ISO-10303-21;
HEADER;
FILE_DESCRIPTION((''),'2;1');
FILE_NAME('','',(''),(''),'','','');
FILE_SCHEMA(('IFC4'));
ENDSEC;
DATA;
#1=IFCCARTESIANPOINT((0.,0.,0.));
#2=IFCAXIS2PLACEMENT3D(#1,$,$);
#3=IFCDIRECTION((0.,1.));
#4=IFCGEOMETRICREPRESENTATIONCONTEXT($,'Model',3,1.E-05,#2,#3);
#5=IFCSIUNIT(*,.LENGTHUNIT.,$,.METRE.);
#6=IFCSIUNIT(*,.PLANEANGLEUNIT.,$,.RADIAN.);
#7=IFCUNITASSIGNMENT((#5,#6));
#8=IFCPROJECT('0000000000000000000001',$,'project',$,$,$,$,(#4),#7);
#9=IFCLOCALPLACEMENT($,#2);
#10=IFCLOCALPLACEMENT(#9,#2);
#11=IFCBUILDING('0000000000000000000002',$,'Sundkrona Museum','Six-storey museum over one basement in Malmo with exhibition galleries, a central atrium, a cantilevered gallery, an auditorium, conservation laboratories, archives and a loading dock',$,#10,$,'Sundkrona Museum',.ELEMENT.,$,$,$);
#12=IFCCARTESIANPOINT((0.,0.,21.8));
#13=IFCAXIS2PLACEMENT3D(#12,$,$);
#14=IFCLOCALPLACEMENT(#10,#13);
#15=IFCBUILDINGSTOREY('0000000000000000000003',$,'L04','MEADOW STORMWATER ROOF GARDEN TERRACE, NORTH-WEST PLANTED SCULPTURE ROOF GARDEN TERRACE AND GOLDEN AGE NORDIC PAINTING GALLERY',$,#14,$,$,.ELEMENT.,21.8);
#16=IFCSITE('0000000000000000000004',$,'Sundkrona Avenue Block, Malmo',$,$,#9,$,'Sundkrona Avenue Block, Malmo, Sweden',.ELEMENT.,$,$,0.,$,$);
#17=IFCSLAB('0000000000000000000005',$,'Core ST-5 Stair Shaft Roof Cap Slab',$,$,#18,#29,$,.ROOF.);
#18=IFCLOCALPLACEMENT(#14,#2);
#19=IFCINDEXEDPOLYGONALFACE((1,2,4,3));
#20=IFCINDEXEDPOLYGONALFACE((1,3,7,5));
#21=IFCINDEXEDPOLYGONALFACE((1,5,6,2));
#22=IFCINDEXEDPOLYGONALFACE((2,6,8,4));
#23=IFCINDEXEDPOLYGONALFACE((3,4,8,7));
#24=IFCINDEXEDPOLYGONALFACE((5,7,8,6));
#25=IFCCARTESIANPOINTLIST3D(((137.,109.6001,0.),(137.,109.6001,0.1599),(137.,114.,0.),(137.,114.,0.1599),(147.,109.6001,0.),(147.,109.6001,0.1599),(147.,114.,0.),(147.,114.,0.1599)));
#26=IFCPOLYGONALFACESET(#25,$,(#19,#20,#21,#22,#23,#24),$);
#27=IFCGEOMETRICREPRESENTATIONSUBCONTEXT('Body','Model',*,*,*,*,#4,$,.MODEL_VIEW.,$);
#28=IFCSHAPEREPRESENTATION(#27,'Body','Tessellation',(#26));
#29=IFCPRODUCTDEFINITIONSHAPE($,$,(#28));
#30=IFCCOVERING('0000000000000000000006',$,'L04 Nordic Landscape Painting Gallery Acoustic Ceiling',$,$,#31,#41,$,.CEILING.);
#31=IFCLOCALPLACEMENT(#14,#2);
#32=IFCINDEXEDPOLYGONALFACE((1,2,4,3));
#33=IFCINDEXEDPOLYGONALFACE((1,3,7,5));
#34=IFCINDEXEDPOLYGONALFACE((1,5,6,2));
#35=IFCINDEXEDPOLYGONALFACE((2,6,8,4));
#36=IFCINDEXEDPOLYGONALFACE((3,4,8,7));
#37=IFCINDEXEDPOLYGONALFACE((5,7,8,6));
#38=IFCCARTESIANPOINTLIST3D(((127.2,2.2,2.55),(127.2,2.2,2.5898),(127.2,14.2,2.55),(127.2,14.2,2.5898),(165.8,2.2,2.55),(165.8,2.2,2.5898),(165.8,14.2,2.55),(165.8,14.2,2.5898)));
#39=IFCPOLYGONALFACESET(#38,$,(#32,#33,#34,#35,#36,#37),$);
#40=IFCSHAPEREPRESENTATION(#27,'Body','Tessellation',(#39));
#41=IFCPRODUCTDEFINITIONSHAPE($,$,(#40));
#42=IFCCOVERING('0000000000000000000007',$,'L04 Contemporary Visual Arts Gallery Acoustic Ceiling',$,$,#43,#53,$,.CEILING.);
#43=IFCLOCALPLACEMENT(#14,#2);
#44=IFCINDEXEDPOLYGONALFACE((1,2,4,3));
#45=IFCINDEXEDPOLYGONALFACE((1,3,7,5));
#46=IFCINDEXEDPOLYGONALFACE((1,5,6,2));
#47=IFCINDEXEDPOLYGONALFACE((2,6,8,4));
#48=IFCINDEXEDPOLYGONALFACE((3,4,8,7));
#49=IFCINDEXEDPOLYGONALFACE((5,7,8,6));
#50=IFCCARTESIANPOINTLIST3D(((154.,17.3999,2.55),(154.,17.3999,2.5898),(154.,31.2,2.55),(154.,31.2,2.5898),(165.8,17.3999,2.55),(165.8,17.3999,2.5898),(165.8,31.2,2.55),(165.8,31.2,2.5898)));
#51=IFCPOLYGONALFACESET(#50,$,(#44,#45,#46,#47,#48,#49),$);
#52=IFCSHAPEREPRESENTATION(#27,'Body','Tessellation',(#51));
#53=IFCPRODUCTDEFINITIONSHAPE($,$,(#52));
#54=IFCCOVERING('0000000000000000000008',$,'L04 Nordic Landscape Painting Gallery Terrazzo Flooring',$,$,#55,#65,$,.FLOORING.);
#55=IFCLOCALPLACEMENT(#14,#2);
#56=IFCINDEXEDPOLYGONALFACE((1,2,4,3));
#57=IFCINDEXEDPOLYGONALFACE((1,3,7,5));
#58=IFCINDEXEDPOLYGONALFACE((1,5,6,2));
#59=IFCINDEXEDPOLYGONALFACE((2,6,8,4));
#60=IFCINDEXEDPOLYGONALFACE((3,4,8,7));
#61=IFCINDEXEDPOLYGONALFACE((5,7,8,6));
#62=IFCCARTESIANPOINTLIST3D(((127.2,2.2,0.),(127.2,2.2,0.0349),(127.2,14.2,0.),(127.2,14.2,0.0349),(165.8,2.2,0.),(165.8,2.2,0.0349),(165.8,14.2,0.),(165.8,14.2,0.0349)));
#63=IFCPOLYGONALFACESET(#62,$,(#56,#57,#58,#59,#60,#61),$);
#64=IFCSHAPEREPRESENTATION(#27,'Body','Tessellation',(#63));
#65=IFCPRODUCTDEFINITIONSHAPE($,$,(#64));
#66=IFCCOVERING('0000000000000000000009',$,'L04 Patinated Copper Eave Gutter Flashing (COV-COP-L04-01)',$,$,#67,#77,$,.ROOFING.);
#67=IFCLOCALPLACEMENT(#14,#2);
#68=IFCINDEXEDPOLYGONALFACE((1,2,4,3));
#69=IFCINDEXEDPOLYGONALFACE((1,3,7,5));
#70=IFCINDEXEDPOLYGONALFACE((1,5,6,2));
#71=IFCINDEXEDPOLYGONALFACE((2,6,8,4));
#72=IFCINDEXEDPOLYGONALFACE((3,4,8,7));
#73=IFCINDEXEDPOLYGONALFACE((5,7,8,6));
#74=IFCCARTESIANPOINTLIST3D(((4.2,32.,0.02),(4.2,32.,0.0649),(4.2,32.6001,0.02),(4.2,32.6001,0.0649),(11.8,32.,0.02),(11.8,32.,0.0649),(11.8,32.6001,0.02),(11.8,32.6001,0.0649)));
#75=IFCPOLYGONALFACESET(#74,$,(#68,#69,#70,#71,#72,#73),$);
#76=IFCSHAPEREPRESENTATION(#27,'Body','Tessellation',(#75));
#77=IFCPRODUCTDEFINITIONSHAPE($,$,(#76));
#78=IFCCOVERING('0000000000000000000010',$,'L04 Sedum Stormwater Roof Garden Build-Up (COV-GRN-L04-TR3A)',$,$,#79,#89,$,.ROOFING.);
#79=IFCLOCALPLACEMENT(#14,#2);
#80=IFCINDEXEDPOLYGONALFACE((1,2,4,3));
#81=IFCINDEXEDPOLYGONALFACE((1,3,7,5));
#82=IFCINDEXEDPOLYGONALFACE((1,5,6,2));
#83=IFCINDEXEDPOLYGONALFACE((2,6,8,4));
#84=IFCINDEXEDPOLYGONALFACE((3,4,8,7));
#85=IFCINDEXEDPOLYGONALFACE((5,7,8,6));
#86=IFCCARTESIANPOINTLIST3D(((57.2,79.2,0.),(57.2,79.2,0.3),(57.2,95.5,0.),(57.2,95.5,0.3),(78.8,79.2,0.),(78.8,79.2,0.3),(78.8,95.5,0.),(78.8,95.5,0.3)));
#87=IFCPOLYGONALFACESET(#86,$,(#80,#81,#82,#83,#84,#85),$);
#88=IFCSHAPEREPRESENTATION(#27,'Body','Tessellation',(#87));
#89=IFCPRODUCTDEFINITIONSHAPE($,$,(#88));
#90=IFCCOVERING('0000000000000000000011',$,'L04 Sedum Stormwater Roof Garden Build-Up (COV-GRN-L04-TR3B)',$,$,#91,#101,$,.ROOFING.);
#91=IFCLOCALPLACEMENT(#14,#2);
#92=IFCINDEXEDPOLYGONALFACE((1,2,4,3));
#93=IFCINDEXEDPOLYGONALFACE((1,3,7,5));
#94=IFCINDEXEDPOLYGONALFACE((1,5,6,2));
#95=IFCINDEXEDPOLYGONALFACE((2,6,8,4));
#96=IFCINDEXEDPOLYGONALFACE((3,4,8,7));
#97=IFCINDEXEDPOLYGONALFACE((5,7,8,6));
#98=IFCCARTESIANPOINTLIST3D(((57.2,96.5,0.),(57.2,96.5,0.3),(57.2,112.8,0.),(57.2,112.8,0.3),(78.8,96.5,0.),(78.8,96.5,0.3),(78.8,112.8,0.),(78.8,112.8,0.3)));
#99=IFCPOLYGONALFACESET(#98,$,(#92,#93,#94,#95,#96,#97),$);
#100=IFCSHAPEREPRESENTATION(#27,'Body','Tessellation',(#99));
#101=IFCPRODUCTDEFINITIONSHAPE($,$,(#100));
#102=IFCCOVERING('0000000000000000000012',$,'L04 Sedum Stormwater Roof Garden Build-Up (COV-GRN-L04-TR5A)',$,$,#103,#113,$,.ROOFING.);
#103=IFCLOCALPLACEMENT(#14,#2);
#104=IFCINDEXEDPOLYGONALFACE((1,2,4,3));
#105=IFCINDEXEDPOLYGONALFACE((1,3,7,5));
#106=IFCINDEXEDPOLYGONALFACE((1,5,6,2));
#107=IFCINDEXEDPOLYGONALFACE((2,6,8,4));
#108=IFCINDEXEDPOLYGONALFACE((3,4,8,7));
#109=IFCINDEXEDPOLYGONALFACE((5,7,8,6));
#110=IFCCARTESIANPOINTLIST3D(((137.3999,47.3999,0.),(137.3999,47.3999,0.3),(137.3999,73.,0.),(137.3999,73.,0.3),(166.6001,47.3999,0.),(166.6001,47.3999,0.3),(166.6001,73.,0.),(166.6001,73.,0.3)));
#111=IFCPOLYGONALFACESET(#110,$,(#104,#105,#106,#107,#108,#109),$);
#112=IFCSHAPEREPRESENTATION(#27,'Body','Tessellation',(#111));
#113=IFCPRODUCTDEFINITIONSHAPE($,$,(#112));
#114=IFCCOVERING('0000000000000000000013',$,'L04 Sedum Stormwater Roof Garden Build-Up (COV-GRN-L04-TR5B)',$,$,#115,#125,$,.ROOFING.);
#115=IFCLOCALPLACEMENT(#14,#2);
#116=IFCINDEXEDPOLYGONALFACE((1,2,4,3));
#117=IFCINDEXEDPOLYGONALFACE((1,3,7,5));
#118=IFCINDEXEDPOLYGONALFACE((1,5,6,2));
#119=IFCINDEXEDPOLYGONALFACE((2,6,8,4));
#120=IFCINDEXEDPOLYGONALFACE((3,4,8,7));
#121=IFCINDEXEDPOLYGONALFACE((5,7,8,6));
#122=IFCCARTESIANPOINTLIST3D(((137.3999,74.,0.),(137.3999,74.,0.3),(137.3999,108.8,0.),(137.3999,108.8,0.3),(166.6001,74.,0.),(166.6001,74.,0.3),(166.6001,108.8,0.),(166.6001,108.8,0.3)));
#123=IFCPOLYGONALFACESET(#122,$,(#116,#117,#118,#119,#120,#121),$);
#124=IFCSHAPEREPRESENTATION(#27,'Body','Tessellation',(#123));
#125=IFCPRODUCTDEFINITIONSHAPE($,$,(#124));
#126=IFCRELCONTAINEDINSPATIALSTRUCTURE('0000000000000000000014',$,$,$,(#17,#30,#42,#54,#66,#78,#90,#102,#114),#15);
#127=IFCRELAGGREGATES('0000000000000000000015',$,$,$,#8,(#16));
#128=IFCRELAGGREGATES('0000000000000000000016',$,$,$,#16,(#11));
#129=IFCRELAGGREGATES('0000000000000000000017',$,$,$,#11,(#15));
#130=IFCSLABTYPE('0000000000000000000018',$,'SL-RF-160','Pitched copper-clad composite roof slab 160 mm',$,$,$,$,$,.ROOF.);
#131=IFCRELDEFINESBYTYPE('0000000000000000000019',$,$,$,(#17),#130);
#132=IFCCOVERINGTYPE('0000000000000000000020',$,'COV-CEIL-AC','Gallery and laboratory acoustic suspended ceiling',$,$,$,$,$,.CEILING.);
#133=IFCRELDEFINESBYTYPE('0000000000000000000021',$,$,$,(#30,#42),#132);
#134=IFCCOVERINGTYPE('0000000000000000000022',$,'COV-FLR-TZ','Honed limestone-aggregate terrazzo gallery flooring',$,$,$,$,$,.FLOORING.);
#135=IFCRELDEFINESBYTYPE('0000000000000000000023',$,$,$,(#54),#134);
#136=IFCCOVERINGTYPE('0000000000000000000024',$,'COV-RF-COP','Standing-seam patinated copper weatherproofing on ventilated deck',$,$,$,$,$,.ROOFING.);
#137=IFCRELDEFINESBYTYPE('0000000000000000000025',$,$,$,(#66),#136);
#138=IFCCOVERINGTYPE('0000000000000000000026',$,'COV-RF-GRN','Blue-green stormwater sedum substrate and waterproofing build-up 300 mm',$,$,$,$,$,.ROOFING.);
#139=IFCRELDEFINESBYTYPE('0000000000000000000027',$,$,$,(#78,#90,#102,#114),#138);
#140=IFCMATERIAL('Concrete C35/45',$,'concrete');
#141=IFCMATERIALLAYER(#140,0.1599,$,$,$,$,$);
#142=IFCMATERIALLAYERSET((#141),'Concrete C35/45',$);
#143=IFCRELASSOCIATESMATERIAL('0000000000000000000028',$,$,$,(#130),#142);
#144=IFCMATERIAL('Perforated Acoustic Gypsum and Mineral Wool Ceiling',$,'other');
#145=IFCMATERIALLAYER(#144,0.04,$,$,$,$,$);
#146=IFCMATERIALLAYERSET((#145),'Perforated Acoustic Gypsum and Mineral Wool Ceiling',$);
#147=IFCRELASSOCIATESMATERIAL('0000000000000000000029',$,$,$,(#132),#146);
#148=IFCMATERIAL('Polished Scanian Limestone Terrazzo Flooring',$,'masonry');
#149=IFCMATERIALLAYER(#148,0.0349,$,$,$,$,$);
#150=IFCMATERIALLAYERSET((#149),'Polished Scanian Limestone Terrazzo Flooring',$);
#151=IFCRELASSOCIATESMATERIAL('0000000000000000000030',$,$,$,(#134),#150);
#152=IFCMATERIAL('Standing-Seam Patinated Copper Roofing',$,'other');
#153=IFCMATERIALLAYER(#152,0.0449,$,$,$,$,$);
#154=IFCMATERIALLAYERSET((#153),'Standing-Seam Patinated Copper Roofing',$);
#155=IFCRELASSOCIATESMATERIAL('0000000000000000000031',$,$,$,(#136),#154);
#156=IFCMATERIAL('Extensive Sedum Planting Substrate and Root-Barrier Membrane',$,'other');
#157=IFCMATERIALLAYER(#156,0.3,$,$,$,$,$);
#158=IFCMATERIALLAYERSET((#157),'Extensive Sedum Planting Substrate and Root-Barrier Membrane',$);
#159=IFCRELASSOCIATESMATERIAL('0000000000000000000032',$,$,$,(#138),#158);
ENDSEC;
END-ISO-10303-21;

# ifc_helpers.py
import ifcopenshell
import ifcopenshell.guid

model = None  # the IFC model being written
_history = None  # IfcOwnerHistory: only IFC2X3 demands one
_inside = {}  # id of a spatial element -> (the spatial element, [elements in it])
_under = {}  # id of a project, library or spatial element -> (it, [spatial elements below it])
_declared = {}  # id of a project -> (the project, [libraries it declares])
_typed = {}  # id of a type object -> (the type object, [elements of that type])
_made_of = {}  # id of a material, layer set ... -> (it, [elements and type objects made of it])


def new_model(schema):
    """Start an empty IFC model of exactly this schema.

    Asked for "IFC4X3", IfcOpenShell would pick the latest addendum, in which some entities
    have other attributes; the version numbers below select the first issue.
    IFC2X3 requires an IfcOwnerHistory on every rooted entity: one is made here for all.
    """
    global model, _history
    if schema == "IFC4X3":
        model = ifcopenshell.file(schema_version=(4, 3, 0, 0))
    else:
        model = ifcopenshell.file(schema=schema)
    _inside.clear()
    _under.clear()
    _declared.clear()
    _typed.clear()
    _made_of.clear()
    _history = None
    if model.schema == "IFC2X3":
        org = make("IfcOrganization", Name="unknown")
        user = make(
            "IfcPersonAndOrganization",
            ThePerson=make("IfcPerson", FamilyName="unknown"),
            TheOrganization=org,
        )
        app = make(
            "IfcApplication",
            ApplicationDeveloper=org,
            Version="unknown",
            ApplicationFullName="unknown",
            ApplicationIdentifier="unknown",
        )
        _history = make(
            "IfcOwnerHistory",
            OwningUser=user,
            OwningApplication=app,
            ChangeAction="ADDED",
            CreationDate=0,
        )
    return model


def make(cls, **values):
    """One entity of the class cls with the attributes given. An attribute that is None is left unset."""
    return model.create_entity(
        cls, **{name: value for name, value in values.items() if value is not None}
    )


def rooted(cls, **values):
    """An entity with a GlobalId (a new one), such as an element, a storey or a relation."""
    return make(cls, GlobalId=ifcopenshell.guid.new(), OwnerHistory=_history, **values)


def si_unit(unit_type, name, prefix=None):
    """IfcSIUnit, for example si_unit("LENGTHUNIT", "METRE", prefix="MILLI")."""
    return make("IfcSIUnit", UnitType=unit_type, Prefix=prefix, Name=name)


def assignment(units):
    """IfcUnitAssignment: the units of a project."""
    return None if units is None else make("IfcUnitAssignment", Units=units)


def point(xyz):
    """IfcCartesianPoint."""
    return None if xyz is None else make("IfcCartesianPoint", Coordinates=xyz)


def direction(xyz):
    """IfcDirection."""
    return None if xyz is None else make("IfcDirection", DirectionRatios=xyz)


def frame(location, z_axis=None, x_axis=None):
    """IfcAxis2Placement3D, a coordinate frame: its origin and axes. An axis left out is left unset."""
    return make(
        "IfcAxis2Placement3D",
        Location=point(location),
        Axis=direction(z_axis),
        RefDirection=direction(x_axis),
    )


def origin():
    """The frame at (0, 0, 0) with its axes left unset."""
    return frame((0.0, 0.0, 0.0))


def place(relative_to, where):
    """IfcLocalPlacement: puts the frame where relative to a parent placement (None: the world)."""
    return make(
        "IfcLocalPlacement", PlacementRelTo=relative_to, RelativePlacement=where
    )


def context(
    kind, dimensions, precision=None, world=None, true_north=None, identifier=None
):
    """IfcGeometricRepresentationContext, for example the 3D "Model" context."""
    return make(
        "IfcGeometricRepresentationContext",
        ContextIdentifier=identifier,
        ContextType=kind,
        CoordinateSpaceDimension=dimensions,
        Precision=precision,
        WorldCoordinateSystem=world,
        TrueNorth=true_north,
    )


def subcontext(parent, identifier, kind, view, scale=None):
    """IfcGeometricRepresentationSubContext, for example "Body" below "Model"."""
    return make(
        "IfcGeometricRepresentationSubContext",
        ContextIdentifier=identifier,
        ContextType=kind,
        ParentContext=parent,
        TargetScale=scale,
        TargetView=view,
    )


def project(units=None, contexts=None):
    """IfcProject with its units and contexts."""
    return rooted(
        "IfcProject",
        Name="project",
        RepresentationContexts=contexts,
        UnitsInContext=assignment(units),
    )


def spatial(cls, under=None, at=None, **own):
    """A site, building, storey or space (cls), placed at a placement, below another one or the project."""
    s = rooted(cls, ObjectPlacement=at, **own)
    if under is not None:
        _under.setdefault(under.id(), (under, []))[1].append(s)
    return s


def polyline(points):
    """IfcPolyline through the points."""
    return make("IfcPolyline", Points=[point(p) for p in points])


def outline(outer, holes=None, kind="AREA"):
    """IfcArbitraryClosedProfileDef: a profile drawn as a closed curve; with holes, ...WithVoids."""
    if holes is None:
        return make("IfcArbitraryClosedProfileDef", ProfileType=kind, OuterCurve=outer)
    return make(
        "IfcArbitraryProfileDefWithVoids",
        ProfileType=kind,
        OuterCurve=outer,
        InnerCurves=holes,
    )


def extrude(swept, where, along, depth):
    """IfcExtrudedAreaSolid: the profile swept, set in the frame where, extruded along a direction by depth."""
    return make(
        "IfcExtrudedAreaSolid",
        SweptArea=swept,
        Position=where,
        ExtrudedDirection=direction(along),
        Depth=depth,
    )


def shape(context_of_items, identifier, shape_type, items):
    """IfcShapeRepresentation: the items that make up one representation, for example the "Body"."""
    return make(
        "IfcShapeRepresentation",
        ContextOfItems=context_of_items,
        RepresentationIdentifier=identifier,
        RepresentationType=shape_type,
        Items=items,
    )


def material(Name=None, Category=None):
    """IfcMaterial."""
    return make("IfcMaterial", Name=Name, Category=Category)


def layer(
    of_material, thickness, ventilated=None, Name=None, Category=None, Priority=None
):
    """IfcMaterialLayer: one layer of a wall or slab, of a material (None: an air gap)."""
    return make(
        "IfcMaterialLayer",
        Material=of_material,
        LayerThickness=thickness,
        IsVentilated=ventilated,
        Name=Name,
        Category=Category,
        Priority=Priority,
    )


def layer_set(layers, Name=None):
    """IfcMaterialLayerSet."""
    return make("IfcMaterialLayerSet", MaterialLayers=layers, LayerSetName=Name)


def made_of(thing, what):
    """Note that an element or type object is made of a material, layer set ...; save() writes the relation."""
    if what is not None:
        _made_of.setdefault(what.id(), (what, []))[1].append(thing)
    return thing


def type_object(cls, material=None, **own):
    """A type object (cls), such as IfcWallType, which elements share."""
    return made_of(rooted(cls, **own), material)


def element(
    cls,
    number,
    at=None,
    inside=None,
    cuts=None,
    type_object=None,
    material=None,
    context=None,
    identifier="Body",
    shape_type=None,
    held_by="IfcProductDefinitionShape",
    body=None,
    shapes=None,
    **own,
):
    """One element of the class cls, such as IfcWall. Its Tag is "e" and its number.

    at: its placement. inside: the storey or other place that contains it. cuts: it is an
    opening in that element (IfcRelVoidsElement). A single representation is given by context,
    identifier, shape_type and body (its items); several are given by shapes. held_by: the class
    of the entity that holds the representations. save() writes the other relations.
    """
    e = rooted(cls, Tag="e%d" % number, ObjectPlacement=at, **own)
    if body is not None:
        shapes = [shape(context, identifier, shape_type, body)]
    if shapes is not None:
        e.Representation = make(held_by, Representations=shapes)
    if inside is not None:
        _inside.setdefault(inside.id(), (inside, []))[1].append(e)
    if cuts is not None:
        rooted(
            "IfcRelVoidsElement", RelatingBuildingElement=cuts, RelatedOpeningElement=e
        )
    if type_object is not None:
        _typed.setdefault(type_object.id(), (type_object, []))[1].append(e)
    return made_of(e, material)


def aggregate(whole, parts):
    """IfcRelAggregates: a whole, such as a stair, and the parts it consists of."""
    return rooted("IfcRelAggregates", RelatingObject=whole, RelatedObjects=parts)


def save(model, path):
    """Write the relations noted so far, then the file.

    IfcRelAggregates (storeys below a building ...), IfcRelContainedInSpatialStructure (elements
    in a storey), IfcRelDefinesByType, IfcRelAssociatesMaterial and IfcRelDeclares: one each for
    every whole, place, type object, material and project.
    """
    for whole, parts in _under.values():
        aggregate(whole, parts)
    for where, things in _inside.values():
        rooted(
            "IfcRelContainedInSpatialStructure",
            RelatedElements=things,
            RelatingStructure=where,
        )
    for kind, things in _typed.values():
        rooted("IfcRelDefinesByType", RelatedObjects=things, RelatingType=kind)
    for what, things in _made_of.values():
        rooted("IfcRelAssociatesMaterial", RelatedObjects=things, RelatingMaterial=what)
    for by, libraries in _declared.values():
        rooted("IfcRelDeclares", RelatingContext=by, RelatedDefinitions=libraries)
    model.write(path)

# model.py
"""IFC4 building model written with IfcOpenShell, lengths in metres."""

from ifc_helpers import new_model, si_unit, direction, frame, origin, place, context, subcontext, project, spatial, polyline, outline, extrude, material, layer, layer_set, type_object, element, save


model = new_model("IFC4")

# Units and contexts
model_context = context("Model", 3, precision=1e-05, world=origin(), true_north=direction((0.0, 1.0)))
body_context = subcontext(model_context, "Body", "Model", "MODEL_VIEW")
ifc_project = project(units=[si_unit("LENGTHUNIT", "METRE"), si_unit("PLANEANGLEUNIT", "RADIAN")], contexts=[model_context])

# Site, building, storey
site_placement = place(None, origin())
site = spatial("IfcSite", under=ifc_project, at=site_placement, Name="Sundkrona Avenue Block, Malmo", LongName="Sundkrona Avenue Block, Malmo, Sweden", CompositionType="ELEMENT", RefElevation=0.0)
building_placement = place(site_placement, origin())
building = spatial("IfcBuilding", under=site, at=building_placement, Name="Sundkrona Museum", Description="Six-storey museum over one basement in Malmo with exhibition galleries, a central atrium, a cantilevered gallery, an auditorium, conservation laboratories, archives and a loading dock", LongName="Sundkrona Museum", CompositionType="ELEMENT")
storey_placement = place(building_placement, frame((0.0, 0.0, 21.8)))
storey = spatial("IfcBuildingStorey", under=building, at=storey_placement, Name="L04", Description="MEADOW STORMWATER ROOF GARDEN TERRACE, NORTH-WEST PLANTED SCULPTURE ROOF GARDEN TERRACE AND GOLDEN AGE NORDIC PAINTING GALLERY", CompositionType="ELEMENT", Elevation=21.8)

# Shared definitions
ifc_material_1 = material(Name="Concrete C35/45", Category="concrete")

# Slab
ifc_layer_1 = layer(ifc_material_1, 0.1599)
ifc_layer_set_1 = layer_set([ifc_layer_1], Name="Concrete C35/45")
slab_type_1 = type_object("IfcSlabType", Name="SL-RF-160", Description="Pitched copper-clad composite roof slab 160 mm", PredefinedType="ROOF", material=ifc_layer_set_1)
slab_1_placement = place(storey_placement, origin())
element("IfcSlab", 1, at=slab_1_placement, inside=storey, type_object=slab_type_1, Name="Core ST-5 Stair Shaft Roof Cap Slab", PredefinedType="ROOF", context=body_context, shape_type="SweptSolid", body=[
    extrude(outline(polyline([(137.0, 109.6001), (147.0, 109.6001), (147.0, 114.0), (137.0, 114.0), (137.0, 109.6001)])), origin(), (0.0, 0.0, 1.0), 0.1599),
])

# Coverings
ifc_material_2 = material(Name="Perforated Acoustic Gypsum and Mineral Wool Ceiling", Category="other")
ifc_layer_2 = layer(ifc_material_2, 0.04)
ifc_layer_set_2 = layer_set([ifc_layer_2], Name="Perforated Acoustic Gypsum and Mineral Wool Ceiling")
covering_type_1 = type_object("IfcCoveringType", Name="COV-CEIL-AC", Description="Gallery and laboratory acoustic suspended ceiling", PredefinedType="CEILING", material=ifc_layer_set_2)
covering_1_placement = place(storey_placement, frame((0.0, 0.0, 2.55)))
element("IfcCovering", 2, at=covering_1_placement, inside=storey, type_object=covering_type_1, Name="L04 Nordic Landscape Painting Gallery Acoustic Ceiling", PredefinedType="CEILING", context=body_context, shape_type="SweptSolid", body=[
    extrude(outline(polyline([(127.2, 2.2), (165.8, 2.2), (165.8, 14.2), (127.2, 14.2), (127.2, 2.2)])), origin(), (0.0, 0.0, 1.0), 0.0398),
])
covering_2_placement = place(storey_placement, frame((0.0, 0.0, 2.55)))
element("IfcCovering", 3, at=covering_2_placement, inside=storey, type_object=covering_type_1, Name="L04 Contemporary Visual Arts Gallery Acoustic Ceiling", PredefinedType="CEILING", context=body_context, shape_type="SweptSolid", body=[
    extrude(outline(polyline([(154.0, 17.3999), (165.8, 17.3999), (165.8, 31.2), (154.0, 31.2), (154.0, 17.3999)])), origin(), (0.0, 0.0, 1.0), 0.0398),
])
ifc_material_3 = material(Name="Polished Scanian Limestone Terrazzo Flooring", Category="masonry")
ifc_layer_3 = layer(ifc_material_3, 0.0349)
ifc_layer_set_3 = layer_set([ifc_layer_3], Name="Polished Scanian Limestone Terrazzo Flooring")
covering_type_2 = type_object("IfcCoveringType", Name="COV-FLR-TZ", Description="Honed limestone-aggregate terrazzo gallery flooring", PredefinedType="FLOORING", material=ifc_layer_set_3)
covering_3_placement = place(storey_placement, origin())
element("IfcCovering", 4, at=covering_3_placement, inside=storey, type_object=covering_type_2, Name="L04 Nordic Landscape Painting Gallery Terrazzo Flooring", PredefinedType="FLOORING", context=body_context, shape_type="SweptSolid", body=[
    extrude(outline(polyline([(127.2, 2.2), (165.8, 2.2), (165.8, 14.2), (127.2, 14.2), (127.2, 2.2)])), origin(), (0.0, 0.0, 1.0), 0.0349),
])
ifc_material_4 = material(Name="Standing-Seam Patinated Copper Roofing", Category="other")
ifc_layer_4 = layer(ifc_material_4, 0.0449)
ifc_layer_set_4 = layer_set([ifc_layer_4], Name="Standing-Seam Patinated Copper Roofing")
covering_type_3 = type_object("IfcCoveringType", Name="COV-RF-COP", Description="Standing-seam patinated copper weatherproofing on ventilated deck", PredefinedType="ROOFING", material=ifc_layer_set_4)
covering_4_placement = place(storey_placement, frame((0.0, 0.0, 0.02)))
element("IfcCovering", 5, at=covering_4_placement, inside=storey, type_object=covering_type_3, Name="L04 Patinated Copper Eave Gutter Flashing (COV-COP-L04-01)", PredefinedType="ROOFING", context=body_context, shape_type="SweptSolid", body=[
    extrude(outline(polyline([(4.2, 32.0), (11.8, 32.0), (11.8, 32.6001), (4.2, 32.6001), (4.2, 32.0)])), origin(), (0.0, 0.0, 1.0), 0.0449),
])
ifc_material_5 = material(Name="Extensive Sedum Planting Substrate and Root-Barrier Membrane", Category="other")
ifc_layer_5 = layer(ifc_material_5, 0.3)
ifc_layer_set_5 = layer_set([ifc_layer_5], Name="Extensive Sedum Planting Substrate and Root-Barrier Membrane")
covering_type_4 = type_object("IfcCoveringType", Name="COV-RF-GRN", Description="Blue-green stormwater sedum substrate and waterproofing build-up 300 mm", PredefinedType="ROOFING", material=ifc_layer_set_5)
covering_5_placement = place(storey_placement, origin())
element("IfcCovering", 6, at=covering_5_placement, inside=storey, type_object=covering_type_4, Name="L04 Sedum Stormwater Roof Garden Build-Up (COV-GRN-L04-TR3A)", PredefinedType="ROOFING", context=body_context, shape_type="SweptSolid", body=[
    extrude(outline(polyline([(57.2, 79.2), (78.8, 79.2), (78.8, 95.5), (57.2, 95.5), (57.2, 79.2)])), origin(), (0.0, 0.0, 1.0), 0.3),
])
covering_6_placement = place(storey_placement, origin())
element("IfcCovering", 7, at=covering_6_placement, inside=storey, type_object=covering_type_4, Name="L04 Sedum Stormwater Roof Garden Build-Up (COV-GRN-L04-TR3B)", PredefinedType="ROOFING", context=body_context, shape_type="SweptSolid", body=[
    extrude(outline(polyline([(57.2, 96.5), (78.8, 96.5), (78.8, 112.8), (57.2, 112.8), (57.2, 96.5)])), origin(), (0.0, 0.0, 1.0), 0.3),
])
covering_7_placement = place(storey_placement, origin())
element("IfcCovering", 8, at=covering_7_placement, inside=storey, type_object=covering_type_4, Name="L04 Sedum Stormwater Roof Garden Build-Up (COV-GRN-L04-TR5A)", PredefinedType="ROOFING", context=body_context, shape_type="SweptSolid", body=[
    extrude(outline(polyline([(137.3999, 47.3999), (166.6001, 47.3999), (166.6001, 73.0), (137.3999, 73.0), (137.3999, 47.3999)])), origin(), (0.0, 0.0, 1.0), 0.3),
])
covering_8_placement = place(storey_placement, origin())
element("IfcCovering", 9, at=covering_8_placement, inside=storey, type_object=covering_type_4, Name="L04 Sedum Stormwater Roof Garden Build-Up (COV-GRN-L04-TR5B)", PredefinedType="ROOFING", context=body_context, shape_type="SweptSolid", body=[
    extrude(outline(polyline([(137.3999, 74.0), (166.6001, 74.0), (166.6001, 108.8), (137.3999, 108.8), (137.3999, 74.0)])), origin(), (0.0, 0.0, 1.0), 0.3),
])

save(model, "model.ifc")
